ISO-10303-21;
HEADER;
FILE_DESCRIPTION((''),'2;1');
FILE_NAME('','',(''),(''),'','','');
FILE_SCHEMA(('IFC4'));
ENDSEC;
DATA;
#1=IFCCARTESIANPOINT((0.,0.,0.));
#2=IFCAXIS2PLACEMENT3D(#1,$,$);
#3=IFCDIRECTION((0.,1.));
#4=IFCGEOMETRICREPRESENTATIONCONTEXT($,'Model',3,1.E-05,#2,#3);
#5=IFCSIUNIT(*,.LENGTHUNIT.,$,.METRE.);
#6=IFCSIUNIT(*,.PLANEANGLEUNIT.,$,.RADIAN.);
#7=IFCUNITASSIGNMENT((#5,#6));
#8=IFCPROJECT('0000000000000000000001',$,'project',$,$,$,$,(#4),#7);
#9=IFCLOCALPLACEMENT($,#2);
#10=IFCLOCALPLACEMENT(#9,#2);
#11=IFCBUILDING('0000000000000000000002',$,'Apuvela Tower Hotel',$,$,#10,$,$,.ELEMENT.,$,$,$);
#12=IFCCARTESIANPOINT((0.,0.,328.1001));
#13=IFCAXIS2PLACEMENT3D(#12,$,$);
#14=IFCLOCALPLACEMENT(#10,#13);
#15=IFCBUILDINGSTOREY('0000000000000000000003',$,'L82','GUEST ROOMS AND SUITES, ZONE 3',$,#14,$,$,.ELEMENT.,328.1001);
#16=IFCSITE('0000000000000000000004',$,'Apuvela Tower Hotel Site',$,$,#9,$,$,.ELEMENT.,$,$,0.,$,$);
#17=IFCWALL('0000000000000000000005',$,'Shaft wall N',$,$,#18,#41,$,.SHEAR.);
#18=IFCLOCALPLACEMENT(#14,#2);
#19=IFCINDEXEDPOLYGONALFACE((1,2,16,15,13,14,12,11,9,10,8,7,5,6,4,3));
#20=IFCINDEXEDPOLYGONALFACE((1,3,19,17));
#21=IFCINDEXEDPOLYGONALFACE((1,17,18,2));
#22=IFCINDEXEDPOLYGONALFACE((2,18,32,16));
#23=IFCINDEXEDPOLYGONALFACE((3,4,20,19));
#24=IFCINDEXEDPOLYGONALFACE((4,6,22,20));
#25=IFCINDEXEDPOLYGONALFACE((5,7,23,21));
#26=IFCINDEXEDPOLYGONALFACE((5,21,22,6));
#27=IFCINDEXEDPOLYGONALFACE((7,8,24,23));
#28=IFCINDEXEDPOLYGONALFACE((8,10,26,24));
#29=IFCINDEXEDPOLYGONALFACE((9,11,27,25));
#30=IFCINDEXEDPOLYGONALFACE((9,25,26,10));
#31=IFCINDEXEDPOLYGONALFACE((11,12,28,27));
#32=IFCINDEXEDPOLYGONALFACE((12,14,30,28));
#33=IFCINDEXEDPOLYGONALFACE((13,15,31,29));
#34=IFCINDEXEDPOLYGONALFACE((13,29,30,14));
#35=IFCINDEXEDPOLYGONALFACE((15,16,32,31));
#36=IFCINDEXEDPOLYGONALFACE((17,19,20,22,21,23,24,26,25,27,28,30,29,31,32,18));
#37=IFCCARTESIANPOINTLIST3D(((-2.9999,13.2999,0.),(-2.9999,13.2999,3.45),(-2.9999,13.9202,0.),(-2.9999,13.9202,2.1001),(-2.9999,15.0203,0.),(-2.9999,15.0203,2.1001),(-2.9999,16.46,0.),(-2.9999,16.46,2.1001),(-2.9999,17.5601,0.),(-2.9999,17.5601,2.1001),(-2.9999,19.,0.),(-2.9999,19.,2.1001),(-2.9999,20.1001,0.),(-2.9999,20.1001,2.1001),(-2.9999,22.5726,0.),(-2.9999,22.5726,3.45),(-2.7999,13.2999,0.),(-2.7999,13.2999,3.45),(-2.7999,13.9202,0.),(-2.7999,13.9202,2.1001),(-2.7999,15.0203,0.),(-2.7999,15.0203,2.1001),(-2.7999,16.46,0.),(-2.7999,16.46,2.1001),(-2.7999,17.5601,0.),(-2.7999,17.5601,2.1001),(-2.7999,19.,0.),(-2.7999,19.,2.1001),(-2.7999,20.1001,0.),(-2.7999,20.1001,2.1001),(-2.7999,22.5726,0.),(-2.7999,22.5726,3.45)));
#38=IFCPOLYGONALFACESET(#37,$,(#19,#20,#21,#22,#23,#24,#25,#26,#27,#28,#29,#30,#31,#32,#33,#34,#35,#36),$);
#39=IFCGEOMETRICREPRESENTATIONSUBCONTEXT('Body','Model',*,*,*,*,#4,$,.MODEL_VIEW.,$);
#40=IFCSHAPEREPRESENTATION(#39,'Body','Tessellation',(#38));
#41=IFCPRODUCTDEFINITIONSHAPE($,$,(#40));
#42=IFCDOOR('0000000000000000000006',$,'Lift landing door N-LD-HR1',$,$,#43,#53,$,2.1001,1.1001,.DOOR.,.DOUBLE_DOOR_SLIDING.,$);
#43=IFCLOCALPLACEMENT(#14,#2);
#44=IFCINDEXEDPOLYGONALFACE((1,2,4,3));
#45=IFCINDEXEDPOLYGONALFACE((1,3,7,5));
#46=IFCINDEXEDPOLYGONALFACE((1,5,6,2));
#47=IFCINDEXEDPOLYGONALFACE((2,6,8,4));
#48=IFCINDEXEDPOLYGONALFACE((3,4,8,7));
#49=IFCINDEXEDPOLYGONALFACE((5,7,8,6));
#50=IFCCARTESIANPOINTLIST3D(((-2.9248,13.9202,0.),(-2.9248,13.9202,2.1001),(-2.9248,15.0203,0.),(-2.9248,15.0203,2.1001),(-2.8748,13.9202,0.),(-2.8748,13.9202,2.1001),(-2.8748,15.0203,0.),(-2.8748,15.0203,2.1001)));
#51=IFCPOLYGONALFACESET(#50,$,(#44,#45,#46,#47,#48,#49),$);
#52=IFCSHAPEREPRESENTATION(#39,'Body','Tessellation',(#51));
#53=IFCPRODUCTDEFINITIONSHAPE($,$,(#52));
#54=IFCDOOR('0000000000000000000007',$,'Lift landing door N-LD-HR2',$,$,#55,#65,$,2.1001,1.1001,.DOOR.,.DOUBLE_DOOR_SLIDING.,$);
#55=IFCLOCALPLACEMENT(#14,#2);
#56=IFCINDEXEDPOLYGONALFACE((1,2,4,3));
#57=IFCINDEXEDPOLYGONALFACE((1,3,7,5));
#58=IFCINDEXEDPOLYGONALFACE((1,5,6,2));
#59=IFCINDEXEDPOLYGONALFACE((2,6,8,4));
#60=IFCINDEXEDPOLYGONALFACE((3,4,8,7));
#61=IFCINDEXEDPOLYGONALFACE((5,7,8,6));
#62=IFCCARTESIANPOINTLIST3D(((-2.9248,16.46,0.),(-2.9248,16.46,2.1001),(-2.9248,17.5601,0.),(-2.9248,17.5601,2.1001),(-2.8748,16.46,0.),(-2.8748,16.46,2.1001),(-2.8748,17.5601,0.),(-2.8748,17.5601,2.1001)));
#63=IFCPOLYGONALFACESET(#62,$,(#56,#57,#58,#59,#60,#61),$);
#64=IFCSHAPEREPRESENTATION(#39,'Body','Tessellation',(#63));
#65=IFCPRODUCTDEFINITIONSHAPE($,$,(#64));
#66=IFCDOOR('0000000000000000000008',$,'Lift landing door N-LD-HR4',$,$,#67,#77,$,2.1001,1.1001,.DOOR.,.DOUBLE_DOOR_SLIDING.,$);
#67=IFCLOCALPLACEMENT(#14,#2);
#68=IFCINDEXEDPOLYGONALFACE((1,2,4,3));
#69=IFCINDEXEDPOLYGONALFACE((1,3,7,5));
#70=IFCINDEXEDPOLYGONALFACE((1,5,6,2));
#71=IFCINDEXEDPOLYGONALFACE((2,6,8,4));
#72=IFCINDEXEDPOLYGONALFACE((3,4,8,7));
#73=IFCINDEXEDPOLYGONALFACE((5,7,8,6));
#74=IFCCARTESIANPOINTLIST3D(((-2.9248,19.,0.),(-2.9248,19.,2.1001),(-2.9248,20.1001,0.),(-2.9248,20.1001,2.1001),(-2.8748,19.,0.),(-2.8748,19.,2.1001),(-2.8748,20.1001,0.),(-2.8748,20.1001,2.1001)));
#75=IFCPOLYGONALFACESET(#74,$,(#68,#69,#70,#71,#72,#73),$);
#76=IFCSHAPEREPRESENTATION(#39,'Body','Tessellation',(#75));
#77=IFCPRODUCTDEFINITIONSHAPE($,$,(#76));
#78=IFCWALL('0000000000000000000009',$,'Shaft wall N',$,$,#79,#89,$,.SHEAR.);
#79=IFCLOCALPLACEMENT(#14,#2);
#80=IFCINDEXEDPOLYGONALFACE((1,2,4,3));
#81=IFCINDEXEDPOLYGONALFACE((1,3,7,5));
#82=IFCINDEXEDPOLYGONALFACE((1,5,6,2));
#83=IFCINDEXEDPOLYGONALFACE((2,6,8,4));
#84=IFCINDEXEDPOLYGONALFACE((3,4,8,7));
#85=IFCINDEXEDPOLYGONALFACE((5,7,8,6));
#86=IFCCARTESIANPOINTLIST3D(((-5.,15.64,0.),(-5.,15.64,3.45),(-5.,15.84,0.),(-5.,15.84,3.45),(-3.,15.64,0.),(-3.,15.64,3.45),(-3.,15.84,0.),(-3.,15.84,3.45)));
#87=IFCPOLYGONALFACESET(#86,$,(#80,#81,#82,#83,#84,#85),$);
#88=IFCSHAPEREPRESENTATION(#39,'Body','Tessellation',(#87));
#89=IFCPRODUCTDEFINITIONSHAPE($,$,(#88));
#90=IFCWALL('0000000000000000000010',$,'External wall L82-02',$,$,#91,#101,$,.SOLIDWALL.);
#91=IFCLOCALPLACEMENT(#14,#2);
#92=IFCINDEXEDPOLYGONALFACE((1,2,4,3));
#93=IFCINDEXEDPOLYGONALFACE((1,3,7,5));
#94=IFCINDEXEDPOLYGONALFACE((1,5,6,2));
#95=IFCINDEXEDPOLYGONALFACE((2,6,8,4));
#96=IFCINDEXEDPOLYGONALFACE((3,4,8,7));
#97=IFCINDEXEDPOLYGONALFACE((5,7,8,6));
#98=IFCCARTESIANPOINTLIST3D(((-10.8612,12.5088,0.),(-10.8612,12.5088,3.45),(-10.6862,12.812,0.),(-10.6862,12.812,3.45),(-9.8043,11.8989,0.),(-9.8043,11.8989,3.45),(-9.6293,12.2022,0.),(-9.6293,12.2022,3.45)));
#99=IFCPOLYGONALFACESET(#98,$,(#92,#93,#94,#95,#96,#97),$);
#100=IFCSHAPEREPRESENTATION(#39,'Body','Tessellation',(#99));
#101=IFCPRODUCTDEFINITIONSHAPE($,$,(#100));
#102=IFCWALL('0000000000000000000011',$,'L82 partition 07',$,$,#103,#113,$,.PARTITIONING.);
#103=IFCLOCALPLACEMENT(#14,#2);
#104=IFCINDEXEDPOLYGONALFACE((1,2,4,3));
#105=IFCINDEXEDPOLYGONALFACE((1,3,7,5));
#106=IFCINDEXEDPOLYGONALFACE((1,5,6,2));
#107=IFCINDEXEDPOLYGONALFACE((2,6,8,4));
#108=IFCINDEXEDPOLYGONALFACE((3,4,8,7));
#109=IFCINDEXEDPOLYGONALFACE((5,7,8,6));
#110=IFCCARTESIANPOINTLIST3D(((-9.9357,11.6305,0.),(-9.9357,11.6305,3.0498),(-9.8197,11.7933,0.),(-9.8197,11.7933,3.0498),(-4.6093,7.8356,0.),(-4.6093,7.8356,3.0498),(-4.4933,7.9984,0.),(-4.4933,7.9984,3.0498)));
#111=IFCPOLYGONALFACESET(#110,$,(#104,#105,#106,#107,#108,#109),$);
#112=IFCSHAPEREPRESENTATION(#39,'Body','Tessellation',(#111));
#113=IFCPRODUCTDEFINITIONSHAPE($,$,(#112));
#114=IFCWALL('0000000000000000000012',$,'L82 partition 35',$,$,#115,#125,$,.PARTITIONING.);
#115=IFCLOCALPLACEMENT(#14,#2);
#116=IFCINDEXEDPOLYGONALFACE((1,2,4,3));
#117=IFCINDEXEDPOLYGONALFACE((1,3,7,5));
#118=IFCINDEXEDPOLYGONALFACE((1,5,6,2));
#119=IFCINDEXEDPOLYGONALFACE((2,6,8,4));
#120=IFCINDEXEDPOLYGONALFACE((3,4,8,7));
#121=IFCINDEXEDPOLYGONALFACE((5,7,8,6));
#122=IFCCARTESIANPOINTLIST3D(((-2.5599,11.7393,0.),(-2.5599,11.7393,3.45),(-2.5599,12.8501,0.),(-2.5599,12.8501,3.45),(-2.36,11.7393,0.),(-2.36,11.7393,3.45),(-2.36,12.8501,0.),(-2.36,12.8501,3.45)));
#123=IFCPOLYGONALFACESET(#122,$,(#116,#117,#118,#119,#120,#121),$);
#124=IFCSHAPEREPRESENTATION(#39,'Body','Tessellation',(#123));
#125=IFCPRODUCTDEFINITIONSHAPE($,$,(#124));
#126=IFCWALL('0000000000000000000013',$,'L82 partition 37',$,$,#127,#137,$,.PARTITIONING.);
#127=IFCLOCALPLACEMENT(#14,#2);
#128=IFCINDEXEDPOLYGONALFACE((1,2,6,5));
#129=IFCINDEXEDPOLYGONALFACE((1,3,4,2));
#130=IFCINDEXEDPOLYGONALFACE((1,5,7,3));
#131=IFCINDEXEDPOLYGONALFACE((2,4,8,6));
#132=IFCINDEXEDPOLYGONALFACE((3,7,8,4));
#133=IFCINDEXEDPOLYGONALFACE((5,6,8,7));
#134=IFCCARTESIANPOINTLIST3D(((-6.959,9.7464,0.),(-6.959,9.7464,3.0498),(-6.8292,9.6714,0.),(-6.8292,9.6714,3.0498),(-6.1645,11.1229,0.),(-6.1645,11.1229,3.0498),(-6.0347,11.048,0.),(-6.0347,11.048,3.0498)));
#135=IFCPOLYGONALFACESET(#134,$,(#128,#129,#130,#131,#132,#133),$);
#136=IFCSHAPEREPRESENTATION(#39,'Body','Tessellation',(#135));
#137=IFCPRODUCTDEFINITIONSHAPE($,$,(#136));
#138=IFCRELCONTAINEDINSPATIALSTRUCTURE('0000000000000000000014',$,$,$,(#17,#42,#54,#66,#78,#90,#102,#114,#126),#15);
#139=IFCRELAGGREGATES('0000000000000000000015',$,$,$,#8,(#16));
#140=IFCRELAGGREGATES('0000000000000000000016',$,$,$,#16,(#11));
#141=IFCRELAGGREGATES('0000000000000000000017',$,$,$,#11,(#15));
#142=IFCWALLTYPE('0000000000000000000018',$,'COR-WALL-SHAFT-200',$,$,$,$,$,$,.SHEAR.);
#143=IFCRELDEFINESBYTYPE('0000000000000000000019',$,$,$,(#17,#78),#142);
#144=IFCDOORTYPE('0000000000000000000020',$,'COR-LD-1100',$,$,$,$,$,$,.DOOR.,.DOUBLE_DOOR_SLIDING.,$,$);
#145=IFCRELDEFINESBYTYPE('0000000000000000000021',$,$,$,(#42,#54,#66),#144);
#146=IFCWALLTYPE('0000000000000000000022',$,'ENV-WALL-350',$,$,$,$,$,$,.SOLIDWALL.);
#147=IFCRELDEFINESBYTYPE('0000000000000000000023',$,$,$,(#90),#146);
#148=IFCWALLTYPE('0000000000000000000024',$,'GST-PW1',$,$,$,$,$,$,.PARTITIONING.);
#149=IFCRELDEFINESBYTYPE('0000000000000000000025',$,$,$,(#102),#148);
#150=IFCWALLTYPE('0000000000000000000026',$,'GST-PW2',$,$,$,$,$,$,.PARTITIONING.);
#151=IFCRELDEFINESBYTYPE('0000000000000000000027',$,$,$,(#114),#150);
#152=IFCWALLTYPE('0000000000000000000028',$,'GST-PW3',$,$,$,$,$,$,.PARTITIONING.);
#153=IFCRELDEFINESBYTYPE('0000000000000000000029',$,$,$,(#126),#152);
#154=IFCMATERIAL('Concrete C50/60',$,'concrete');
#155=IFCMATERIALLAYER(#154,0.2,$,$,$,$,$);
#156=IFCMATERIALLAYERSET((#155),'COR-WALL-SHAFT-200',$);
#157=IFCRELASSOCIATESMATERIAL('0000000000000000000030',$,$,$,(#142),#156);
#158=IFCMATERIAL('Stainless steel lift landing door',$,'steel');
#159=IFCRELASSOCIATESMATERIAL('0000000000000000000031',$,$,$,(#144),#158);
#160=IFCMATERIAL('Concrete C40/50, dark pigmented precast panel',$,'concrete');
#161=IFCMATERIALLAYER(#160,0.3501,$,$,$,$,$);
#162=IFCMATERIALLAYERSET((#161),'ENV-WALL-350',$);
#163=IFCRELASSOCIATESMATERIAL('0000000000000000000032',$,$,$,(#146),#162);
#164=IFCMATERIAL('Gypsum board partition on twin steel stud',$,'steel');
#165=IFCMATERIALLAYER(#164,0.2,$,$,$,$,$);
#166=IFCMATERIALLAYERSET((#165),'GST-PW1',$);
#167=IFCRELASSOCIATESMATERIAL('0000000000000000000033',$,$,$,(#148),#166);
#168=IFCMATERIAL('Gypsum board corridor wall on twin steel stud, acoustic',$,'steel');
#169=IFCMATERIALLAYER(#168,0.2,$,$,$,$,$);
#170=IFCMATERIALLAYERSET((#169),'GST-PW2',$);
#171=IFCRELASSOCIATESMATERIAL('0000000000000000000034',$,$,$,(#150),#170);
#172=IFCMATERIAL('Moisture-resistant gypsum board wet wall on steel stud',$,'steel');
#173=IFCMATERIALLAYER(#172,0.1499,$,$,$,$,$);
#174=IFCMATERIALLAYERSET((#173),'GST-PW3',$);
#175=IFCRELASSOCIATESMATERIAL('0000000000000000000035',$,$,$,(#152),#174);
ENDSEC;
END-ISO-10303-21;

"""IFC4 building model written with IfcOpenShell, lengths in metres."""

from ifc_helpers import new_model, si_unit, direction, frame, frame_2d, origin, place, context, subcontext, project, spatial, rectangle, extrude, material, layer, layer_set, type_object, element, fill, save


model = new_model("IFC4")

# Units and contexts
model_context = context("Model", 3, precision=1e-05, world=origin(), true_north=direction((0.0, 1.0)))
body_context = subcontext(model_context, "Body", "Model", "MODEL_VIEW")
ifc_project = project(units=[si_unit("LENGTHUNIT", "METRE"), si_unit("PLANEANGLEUNIT", "RADIAN")], contexts=[model_context])

# Site, building, storey
site_placement = place(None, origin())
site = spatial("IfcSite", under=ifc_project, at=site_placement, Name="Apuvela Tower Hotel Site", CompositionType="ELEMENT", RefElevation=0.0)
building_placement = place(site_placement, origin())
building = spatial("IfcBuilding", under=site, at=building_placement, Name="Apuvela Tower Hotel", CompositionType="ELEMENT")
storey_placement = place(building_placement, frame((0.0, 0.0, 328.1001)))
storey = spatial("IfcBuildingStorey", under=building, at=storey_placement, Name="L82", Description="GUEST ROOMS AND SUITES, ZONE 3", CompositionType="ELEMENT", Elevation=328.1001)

# Shared definitions
ifc_material_1 = material(Name="Concrete C50/60", Category="concrete")
ifc_layer_1 = layer(ifc_material_1, 0.2)
ifc_layer_set_1 = layer_set([ifc_layer_1], Name="COR-WALL-SHAFT-200")
wall_type_1 = type_object("IfcWallType", Name="COR-WALL-SHAFT-200", PredefinedType="SHEAR", material=ifc_layer_set_1)

# Wall, openings, doors
wall_1_placement = place(storey_placement, frame((-2.8999, 13.3, 0.0), z_axis=(0.0, 0.0, 1.0), x_axis=(0.0, 1.0, 0.0)))
wall_1 = element("IfcWall", 1, at=wall_1_placement, inside=storey, type_object=wall_type_1, Name="Shaft wall N", PredefinedType="SHEAR", context=body_context, shape_type="SweptSolid", body=[
    extrude(rectangle(XDim=9.2727, YDim=0.2, at=frame_2d((4.6362, 0.0))), origin(), (0.0, 0.0, 1.0), 3.45),
])
opening_1_placement = place(wall_1_placement, frame((0.6201, 0.0, 0.0)))
opening_1 = element("IfcOpeningElement", 2, at=opening_1_placement, cuts=wall_1, PredefinedType="OPENING", context=body_context, shape_type="SweptSolid", body=[
    extrude(rectangle(XDim=1.1001, YDim=2.1001, at=frame_2d((0.55, 1.05))), frame((0.0, 0.1099, 0.0), z_axis=(0.0, -1.0, 0.0), x_axis=(1.0, 0.0, 0.0)), (0.0, 0.0, 1.0), 0.22),
])
opening_2_placement = place(wall_1_placement, frame((3.1599, 0.0, 0.0)))
opening_2 = element("IfcOpeningElement", 3, at=opening_2_placement, cuts=wall_1, PredefinedType="OPENING", context=body_context, shape_type="SweptSolid", body=[
    extrude(rectangle(XDim=1.1001, YDim=2.1001, at=frame_2d((0.55, 1.05))), frame((0.0, 0.1099, 0.0), z_axis=(0.0, -1.0, 0.0), x_axis=(1.0, 0.0, 0.0)), (0.0, 0.0, 1.0), 0.22),
])
opening_3_placement = place(wall_1_placement, frame((5.7, 0.0, 0.0)))
opening_3 = element("IfcOpeningElement", 4, at=opening_3_placement, cuts=wall_1, PredefinedType="OPENING", context=body_context, shape_type="SweptSolid", body=[
    extrude(rectangle(XDim=1.1001, YDim=2.1001, at=frame_2d((0.55, 1.05))), frame((0.0, 0.1099, 0.0), z_axis=(0.0, -1.0, 0.0), x_axis=(1.0, 0.0, 0.0)), (0.0, 0.0, 1.0), 0.22),
])
ifc_material_2 = material(Name="Stainless steel lift landing door", Category="steel")
door_type_1 = type_object("IfcDoorType", Name="COR-LD-1100", OperationType="DOUBLE_DOOR_SLIDING", PredefinedType="DOOR", material=ifc_material_2)
door_1_placement = place(opening_1_placement, origin())
door_1 = element("IfcDoor", 5, at=door_1_placement, inside=storey, type_object=door_type_1, Name="Lift landing door N-LD-HR1", OperationType="DOUBLE_DOOR_SLIDING", OverallHeight=2.1001, OverallWidth=1.1001, PredefinedType="DOOR", context=body_context, shape_type="SweptSolid", body=[
    extrude(rectangle(XDim=1.1001, YDim=2.1001, at=frame_2d((0.55, 1.05))), frame((0.0, 0.0249, 0.0), z_axis=(0.0, -1.0, 0.0), x_axis=(1.0, 0.0, 0.0)), (0.0, 0.0, 1.0), 0.05),
])
fill(opening_1, door_1)
door_2_placement = place(opening_2_placement, origin())
door_2 = element("IfcDoor", 6, at=door_2_placement, inside=storey, type_object=door_type_1, Name="Lift landing door N-LD-HR2", OperationType="DOUBLE_DOOR_SLIDING", OverallHeight=2.1001, OverallWidth=1.1001, PredefinedType="DOOR", context=body_context, shape_type="SweptSolid", body=[
    extrude(rectangle(XDim=1.1001, YDim=2.1001, at=frame_2d((0.55, 1.05))), frame((0.0, 0.0249, 0.0), z_axis=(0.0, -1.0, 0.0), x_axis=(1.0, 0.0, 0.0)), (0.0, 0.0, 1.0), 0.05),
])
fill(opening_2, door_2)
door_3_placement = place(opening_3_placement, origin())
door_3 = element("IfcDoor", 7, at=door_3_placement, inside=storey, type_object=door_type_1, Name="Lift landing door N-LD-HR4", OperationType="DOUBLE_DOOR_SLIDING", OverallHeight=2.1001, OverallWidth=1.1001, PredefinedType="DOOR", context=body_context, shape_type="SweptSolid", body=[
    extrude(rectangle(XDim=1.1001, YDim=2.1001, at=frame_2d((0.55, 1.05))), frame((0.0, 0.0249, 0.0), z_axis=(0.0, -1.0, 0.0), x_axis=(1.0, 0.0, 0.0)), (0.0, 0.0, 1.0), 0.05),
])
fill(opening_3, door_3)

# Walls
wall_2_placement = place(storey_placement, frame((-3.0, 15.74, 0.0), z_axis=(0.0, 0.0, 1.0), x_axis=(-1.0, 0.0, 0.0)))
element("IfcWall", 8, at=wall_2_placement, inside=storey, type_object=wall_type_1, Name="Shaft wall N", PredefinedType="SHEAR", context=body_context, shape_type="SweptSolid", body=[
    extrude(rectangle(XDim=2.0, YDim=0.2, at=frame_2d((1.0, 0.0))), origin(), (0.0, 0.0, 1.0), 3.45),
])
ifc_material_3 = material(Name="Concrete C40/50, dark pigmented precast panel", Category="concrete")
ifc_layer_2 = layer(ifc_material_3, 0.3501)
ifc_layer_set_2 = layer_set([ifc_layer_2], Name="ENV-WALL-350")
wall_type_2 = type_object("IfcWallType", Name="ENV-WALL-350", PredefinedType="SOLIDWALL", material=ifc_layer_set_2)
wall_3_placement = place(storey_placement, frame((-10.7737, 12.6604, 0.0), z_axis=(0.0, 0.0, 1.0), x_axis=(0.866142, -0.499798, 0.0)))
element("IfcWall", 9, at=wall_3_placement, inside=storey, type_object=wall_type_2, Name="External wall L82-02", PredefinedType="SOLIDWALL", context=body_context, shape_type="SweptSolid", body=[
    extrude(rectangle(XDim=1.2202, YDim=0.3501, at=frame_2d((0.6101, 0.0))), origin(), (0.0, 0.0, 1.0), 3.45),
])

# Walls
ifc_material_4 = material(Name="Gypsum board partition on twin steel stud", Category="steel")
ifc_layer_3 = layer(ifc_material_4, 0.2)
ifc_layer_set_3 = layer_set([ifc_layer_3], Name="GST-PW1")
wall_type_3 = type_object("IfcWallType", Name="GST-PW1", PredefinedType="PARTITIONING", material=ifc_layer_set_3)
wall_4_placement = place(storey_placement, frame((-9.8777, 11.7119, 0.0), z_axis=(0.0, 0.0, 1.0), x_axis=(0.814432, -0.58026, 0.0)))
element("IfcWall", 10, at=wall_4_placement, inside=storey, type_object=wall_type_3, Name="L82 partition 07", PredefinedType="PARTITIONING", context=body_context, shape_type="SweptSolid", body=[
    extrude(rectangle(XDim=6.54, YDim=0.2, at=frame_2d((3.27, 0.0))), origin(), (0.0, 0.0, 1.0), 3.0498),
])
ifc_material_5 = material(Name="Gypsum board corridor wall on twin steel stud, acoustic", Category="steel")
ifc_layer_4 = layer(ifc_material_5, 0.2)
ifc_layer_set_4 = layer_set([ifc_layer_4], Name="GST-PW2")
wall_type_4 = type_object("IfcWallType", Name="GST-PW2", PredefinedType="PARTITIONING", material=ifc_layer_set_4)
wall_5_placement = place(storey_placement, frame((-2.46, 11.7393, 0.0), z_axis=(0.0, 0.0, 1.0), x_axis=(0.0, 1.0, 0.0)))
element("IfcWall", 11, at=wall_5_placement, inside=storey, type_object=wall_type_4, Name="L82 partition 35", PredefinedType="PARTITIONING", context=body_context, shape_type="SweptSolid", body=[
    extrude(rectangle(XDim=1.1108, YDim=0.2, at=frame_2d((0.5554, 0.0))), origin(), (0.0, 0.0, 1.0), 3.45),
])
ifc_material_6 = material(Name="Moisture-resistant gypsum board wet wall on steel stud", Category="steel")
ifc_layer_5 = layer(ifc_material_6, 0.1499)
ifc_layer_set_5 = layer_set([ifc_layer_5], Name="GST-PW3")
wall_type_5 = type_object("IfcWallType", Name="GST-PW3", PredefinedType="PARTITIONING", material=ifc_layer_set_5)
wall_6_placement = place(storey_placement, frame((-6.0996, 11.0854, 0.0), z_axis=(0.0, 0.0, 1.0), x_axis=(-0.499873, -0.866099, 0.0)))
element("IfcWall", 12, at=wall_6_placement, inside=storey, type_object=wall_type_5, Name="L82 partition 37", PredefinedType="PARTITIONING", context=body_context, shape_type="SweptSolid", body=[
    extrude(rectangle(XDim=1.5894, YDim=0.1499, at=frame_2d((0.7947, 0.0))), origin(), (0.0, 0.0, 1.0), 3.0498),
])

save(model, "model.ifc")
